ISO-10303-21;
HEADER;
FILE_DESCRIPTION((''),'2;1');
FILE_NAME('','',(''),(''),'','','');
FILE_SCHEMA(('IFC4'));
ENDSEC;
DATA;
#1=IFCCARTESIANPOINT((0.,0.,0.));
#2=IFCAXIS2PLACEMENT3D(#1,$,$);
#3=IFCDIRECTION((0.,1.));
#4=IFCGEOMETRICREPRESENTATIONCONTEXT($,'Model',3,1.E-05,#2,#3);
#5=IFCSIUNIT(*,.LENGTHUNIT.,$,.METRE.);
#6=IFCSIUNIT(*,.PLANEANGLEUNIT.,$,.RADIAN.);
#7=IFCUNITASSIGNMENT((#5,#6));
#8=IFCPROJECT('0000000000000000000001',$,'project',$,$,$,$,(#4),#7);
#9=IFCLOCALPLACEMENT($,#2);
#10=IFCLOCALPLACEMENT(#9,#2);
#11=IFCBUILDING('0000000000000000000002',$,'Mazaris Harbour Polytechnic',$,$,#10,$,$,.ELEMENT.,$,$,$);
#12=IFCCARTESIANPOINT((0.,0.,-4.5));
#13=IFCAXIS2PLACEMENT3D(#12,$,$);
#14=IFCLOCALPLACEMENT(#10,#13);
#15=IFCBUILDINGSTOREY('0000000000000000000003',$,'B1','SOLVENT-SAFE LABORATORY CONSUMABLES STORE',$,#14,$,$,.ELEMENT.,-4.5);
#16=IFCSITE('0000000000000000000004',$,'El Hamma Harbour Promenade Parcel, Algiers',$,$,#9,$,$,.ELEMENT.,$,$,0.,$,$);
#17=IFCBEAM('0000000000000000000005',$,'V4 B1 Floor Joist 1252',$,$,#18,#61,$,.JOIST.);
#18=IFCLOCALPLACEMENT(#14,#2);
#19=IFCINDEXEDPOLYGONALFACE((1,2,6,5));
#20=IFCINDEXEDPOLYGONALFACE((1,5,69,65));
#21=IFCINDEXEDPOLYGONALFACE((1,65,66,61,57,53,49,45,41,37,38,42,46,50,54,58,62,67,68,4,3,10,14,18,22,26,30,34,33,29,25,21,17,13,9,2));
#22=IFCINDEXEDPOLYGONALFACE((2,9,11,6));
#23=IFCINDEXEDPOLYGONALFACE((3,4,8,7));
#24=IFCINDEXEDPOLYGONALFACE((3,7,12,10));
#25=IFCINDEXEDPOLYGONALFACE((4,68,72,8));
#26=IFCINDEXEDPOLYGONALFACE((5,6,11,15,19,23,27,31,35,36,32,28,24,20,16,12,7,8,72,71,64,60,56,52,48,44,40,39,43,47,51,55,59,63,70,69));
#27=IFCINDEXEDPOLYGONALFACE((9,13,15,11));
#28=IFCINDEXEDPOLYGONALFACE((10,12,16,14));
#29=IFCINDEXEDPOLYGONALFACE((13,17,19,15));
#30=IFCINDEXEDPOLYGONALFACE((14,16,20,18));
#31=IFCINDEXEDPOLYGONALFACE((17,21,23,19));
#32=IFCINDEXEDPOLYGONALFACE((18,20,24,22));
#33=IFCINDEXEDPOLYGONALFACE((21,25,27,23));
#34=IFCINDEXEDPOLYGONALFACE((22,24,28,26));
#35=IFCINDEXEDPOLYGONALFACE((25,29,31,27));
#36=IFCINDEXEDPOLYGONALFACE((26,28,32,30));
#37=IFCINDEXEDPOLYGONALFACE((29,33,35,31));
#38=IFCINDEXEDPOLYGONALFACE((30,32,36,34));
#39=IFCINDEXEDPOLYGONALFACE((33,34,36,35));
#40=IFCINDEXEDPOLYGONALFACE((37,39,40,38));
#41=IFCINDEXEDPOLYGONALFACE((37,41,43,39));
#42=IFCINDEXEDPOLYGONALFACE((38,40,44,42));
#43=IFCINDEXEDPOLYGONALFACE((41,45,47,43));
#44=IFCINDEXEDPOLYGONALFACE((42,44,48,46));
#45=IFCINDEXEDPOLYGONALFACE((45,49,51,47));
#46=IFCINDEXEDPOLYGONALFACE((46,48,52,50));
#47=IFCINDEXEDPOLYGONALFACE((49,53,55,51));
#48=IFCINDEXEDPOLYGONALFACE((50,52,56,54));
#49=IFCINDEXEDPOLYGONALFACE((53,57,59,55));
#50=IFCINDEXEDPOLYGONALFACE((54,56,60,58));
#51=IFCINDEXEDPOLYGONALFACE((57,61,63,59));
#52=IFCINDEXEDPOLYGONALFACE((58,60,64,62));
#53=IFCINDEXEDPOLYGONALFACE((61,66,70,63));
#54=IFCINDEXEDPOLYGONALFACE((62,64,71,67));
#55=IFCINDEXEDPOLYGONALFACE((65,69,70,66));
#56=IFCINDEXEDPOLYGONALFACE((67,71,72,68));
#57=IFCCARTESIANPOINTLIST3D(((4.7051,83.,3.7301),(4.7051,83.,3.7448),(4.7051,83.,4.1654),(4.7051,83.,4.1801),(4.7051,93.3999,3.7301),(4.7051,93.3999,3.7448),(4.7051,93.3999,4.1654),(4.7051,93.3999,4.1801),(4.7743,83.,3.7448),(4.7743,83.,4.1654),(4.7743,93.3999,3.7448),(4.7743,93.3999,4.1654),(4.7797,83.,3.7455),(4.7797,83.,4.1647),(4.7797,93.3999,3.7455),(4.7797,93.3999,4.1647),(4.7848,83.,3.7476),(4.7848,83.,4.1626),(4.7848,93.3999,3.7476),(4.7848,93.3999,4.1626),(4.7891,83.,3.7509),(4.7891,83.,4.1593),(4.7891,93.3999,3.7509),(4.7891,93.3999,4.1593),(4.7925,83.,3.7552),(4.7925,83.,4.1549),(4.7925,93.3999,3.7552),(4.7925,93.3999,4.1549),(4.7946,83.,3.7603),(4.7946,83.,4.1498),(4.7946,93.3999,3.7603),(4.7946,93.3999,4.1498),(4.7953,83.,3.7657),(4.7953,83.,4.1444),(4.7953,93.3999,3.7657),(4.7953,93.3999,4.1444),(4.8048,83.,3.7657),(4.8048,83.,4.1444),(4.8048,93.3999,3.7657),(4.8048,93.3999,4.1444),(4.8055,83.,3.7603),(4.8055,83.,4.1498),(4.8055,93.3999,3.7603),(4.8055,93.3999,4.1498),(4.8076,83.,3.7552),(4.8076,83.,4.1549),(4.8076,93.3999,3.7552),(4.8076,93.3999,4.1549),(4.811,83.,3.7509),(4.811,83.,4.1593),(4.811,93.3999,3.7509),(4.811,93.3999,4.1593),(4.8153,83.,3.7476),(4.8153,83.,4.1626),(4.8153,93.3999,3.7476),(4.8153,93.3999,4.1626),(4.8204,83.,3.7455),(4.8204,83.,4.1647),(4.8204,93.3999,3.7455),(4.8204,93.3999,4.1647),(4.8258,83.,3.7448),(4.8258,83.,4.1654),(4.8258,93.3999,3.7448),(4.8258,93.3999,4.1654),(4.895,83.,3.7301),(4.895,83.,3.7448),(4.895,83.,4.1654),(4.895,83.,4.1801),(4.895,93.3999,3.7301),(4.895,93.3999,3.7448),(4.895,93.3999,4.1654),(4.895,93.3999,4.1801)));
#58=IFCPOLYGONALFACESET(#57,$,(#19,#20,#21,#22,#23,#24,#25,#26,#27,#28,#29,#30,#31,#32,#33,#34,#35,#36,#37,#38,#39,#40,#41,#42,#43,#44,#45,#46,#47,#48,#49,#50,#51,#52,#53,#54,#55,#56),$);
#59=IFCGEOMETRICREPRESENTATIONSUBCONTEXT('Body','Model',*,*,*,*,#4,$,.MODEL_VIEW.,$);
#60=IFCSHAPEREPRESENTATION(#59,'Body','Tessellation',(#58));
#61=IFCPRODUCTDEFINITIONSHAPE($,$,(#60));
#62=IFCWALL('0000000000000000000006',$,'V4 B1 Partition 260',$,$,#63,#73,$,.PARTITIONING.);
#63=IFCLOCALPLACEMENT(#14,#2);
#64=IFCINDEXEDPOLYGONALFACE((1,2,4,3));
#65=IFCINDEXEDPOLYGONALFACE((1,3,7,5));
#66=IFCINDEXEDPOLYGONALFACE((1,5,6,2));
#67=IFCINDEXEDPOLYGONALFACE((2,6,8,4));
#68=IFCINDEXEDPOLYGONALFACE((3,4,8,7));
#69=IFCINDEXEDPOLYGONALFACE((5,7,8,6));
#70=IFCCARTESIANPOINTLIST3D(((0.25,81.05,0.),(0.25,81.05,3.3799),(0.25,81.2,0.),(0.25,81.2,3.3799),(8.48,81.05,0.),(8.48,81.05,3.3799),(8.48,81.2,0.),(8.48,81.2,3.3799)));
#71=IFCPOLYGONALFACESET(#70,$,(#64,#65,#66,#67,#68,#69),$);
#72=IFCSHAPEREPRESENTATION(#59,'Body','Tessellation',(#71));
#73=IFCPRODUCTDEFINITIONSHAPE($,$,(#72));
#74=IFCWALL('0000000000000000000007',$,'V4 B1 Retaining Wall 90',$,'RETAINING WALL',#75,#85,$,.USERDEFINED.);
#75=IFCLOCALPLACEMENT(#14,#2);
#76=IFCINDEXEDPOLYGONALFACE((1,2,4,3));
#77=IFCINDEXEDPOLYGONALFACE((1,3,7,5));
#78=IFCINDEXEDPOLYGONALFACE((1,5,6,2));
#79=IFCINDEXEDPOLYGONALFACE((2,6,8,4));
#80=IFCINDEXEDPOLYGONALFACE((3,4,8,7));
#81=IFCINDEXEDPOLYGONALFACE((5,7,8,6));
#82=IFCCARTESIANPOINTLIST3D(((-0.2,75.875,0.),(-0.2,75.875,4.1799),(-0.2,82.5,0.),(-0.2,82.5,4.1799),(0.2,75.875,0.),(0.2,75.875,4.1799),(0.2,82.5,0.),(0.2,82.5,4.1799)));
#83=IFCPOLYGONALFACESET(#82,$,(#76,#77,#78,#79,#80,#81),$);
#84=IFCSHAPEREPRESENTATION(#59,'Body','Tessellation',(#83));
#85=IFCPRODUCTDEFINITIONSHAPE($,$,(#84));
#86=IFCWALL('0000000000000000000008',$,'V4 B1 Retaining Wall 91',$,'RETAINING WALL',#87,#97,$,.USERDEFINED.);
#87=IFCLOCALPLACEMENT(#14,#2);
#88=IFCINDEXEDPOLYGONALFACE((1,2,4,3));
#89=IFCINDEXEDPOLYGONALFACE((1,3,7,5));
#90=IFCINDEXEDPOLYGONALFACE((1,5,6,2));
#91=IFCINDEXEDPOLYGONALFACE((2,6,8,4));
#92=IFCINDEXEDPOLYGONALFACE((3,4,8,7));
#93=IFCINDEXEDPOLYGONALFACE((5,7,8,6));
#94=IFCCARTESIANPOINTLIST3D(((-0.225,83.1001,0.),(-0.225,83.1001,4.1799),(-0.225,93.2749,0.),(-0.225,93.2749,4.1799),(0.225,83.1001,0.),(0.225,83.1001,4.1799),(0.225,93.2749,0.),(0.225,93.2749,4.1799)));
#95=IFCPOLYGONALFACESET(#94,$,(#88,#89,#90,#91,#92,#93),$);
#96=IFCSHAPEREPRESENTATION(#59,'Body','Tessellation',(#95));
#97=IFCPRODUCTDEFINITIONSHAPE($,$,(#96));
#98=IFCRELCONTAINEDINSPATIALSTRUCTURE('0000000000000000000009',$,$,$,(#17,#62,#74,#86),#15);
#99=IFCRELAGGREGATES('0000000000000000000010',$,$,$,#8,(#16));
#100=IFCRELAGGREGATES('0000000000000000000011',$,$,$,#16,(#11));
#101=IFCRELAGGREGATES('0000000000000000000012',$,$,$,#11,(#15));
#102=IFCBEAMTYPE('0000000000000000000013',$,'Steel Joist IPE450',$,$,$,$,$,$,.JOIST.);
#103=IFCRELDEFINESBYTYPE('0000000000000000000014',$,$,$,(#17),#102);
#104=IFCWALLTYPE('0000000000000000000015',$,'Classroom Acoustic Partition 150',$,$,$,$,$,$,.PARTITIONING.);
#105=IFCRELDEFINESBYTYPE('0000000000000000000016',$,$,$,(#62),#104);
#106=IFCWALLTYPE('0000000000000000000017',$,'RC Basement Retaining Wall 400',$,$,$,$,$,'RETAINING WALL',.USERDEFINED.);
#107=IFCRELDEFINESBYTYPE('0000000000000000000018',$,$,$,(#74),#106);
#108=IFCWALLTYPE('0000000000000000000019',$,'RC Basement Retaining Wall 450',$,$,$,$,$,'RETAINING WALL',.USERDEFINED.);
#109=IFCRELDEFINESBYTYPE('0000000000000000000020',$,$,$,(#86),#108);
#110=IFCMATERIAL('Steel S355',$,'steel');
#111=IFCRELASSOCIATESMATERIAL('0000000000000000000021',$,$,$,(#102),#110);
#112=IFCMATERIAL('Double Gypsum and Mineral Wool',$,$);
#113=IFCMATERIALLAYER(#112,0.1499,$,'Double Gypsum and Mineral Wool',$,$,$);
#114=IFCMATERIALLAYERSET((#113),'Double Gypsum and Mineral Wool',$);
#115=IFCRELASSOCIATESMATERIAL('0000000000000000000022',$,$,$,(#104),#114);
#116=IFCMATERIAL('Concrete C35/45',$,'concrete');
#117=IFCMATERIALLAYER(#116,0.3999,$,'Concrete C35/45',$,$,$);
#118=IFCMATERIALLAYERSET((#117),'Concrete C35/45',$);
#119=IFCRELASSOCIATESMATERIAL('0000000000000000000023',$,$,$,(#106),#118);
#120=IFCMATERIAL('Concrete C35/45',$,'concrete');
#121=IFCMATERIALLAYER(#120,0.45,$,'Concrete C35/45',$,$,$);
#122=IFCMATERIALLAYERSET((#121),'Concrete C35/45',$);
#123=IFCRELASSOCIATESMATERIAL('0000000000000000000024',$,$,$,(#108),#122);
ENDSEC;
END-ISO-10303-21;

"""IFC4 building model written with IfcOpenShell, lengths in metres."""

from ifc_helpers import new_model, si_unit, direction, frame, frame_2d, origin, origin_2d, place, context, subcontext, project, spatial, rectangle, i_section, extrude, material, layer, layer_set, material_profile, profile_set, type_object, element, save


model = new_model("IFC4")

# Units and contexts
model_context = context("Model", 3, precision=1e-05, world=origin(), true_north=direction((0.0, 1.0)))
body_context = subcontext(model_context, "Body", "Model", "MODEL_VIEW")
ifc_project = project(units=[si_unit("LENGTHUNIT", "METRE"), si_unit("PLANEANGLEUNIT", "RADIAN")], contexts=[model_context])

# Site, building, storey
site_placement = place(None, origin())
site = spatial("IfcSite", under=ifc_project, at=site_placement, Name="El Hamma Harbour Promenade Parcel, Algiers", CompositionType="ELEMENT", RefElevation=0.0)
building_placement = place(site_placement, origin())
building = spatial("IfcBuilding", under=site, at=building_placement, Name="Mazaris Harbour Polytechnic", CompositionType="ELEMENT")
storey_placement = place(building_placement, frame((0.0, 0.0, -4.5)))
storey = spatial("IfcBuildingStorey", under=building, at=storey_placement, Name="B1", Description="SOLVENT-SAFE LABORATORY CONSUMABLES STORE", CompositionType="ELEMENT", Elevation=-4.5)

# Beam
ifc_material_1 = material(Name="Steel S355", Category="steel")
ifc_material_profile_1 = material_profile(ifc_material_1, i_section(OverallWidth=0.1899, OverallDepth=0.45, WebThickness=0.0095, FlangeThickness=0.0146, FilletRadius=0.021, at=origin_2d()), Name="IPE 450")
ifc_profile_set_1 = profile_set([ifc_material_profile_1], Name="Steel S355")
beam_type_1 = type_object("IfcBeamType", Name="Steel Joist IPE450", PredefinedType="JOIST", material=ifc_profile_set_1)
beam_1_placement = place(storey_placement, frame((4.8, 83.0, 3.9551), z_axis=(0.0, 1.0, 0.0), x_axis=(-1.0, 0.0, 0.0)))
element("IfcBeam", 1, at=beam_1_placement, inside=storey, type_object=beam_type_1, Name="V4 B1 Floor Joist 1252", PredefinedType="JOIST", context=body_context, shape_type="SweptSolid", body=[
    extrude(i_section(OverallWidth=0.1899, OverallDepth=0.45, WebThickness=0.0095, FlangeThickness=0.0146, FilletRadius=0.021, at=origin_2d()), origin(), (0.0, 0.0, 1.0), 10.3999),
])

# Walls
ifc_material_2 = material(Name="Double Gypsum and Mineral Wool")
ifc_layer_1 = layer(ifc_material_2, 0.1499, Name="Double Gypsum and Mineral Wool")
ifc_layer_set_1 = layer_set([ifc_layer_1], Name="Double Gypsum and Mineral Wool")
wall_type_1 = type_object("IfcWallType", Name="Classroom Acoustic Partition 150", PredefinedType="PARTITIONING", material=ifc_layer_set_1)
wall_1_placement = place(storey_placement, frame((0.25, 81.125, 0.0), z_axis=(0.0, 0.0, 1.0), x_axis=(1.0, 0.0, 0.0)))
element("IfcWall", 2, at=wall_1_placement, inside=storey, type_object=wall_type_1, Name="V4 B1 Partition 260", PredefinedType="PARTITIONING", context=body_context, shape_type="SweptSolid", body=[
    extrude(rectangle(XDim=8.23, YDim=0.1499, at=frame_2d((4.115, 0.0))), origin(), (0.0, 0.0, 1.0), 3.3799),
])
ifc_material_3 = material(Name="Concrete C35/45", Category="concrete")
ifc_layer_2 = layer(ifc_material_3, 0.3999, Name="Concrete C35/45")
ifc_layer_set_2 = layer_set([ifc_layer_2], Name="Concrete C35/45")
wall_type_2 = type_object("IfcWallType", Name="RC Basement Retaining Wall 400", ElementType="RETAINING WALL", PredefinedType="USERDEFINED", material=ifc_layer_set_2)
wall_2_placement = place(storey_placement, frame((0.0, 75.875, 0.0), z_axis=(0.0, 0.0, 1.0), x_axis=(0.0, 1.0, 0.0)))
element("IfcWall", 3, at=wall_2_placement, inside=storey, type_object=wall_type_2, Name="V4 B1 Retaining Wall 90", ObjectType="RETAINING WALL", PredefinedType="USERDEFINED", context=body_context, shape_type="SweptSolid", body=[
    extrude(rectangle(XDim=6.625, YDim=0.3999, at=frame_2d((3.3125, 0.0))), origin(), (0.0, 0.0, 1.0), 4.1799),
])
ifc_material_4 = material(Name="Concrete C35/45", Category="concrete")
ifc_layer_3 = layer(ifc_material_4, 0.45, Name="Concrete C35/45")
ifc_layer_set_3 = layer_set([ifc_layer_3], Name="Concrete C35/45")
wall_type_3 = type_object("IfcWallType", Name="RC Basement Retaining Wall 450", ElementType="RETAINING WALL", PredefinedType="USERDEFINED", material=ifc_layer_set_3)
wall_3_placement = place(storey_placement, frame((0.0, 83.1001, 0.0), z_axis=(0.0, 0.0, 1.0), x_axis=(0.0, 1.0, 0.0)))
element("IfcWall", 4, at=wall_3_placement, inside=storey, type_object=wall_type_3, Name="V4 B1 Retaining Wall 91", ObjectType="RETAINING WALL", PredefinedType="USERDEFINED", context=body_context, shape_type="SweptSolid", body=[
    extrude(rectangle(XDim=10.1748, YDim=0.45, at=frame_2d((5.0874, 0.0))), origin(), (0.0, 0.0, 1.0), 4.1799),
])

save(model, "model.ifc")
